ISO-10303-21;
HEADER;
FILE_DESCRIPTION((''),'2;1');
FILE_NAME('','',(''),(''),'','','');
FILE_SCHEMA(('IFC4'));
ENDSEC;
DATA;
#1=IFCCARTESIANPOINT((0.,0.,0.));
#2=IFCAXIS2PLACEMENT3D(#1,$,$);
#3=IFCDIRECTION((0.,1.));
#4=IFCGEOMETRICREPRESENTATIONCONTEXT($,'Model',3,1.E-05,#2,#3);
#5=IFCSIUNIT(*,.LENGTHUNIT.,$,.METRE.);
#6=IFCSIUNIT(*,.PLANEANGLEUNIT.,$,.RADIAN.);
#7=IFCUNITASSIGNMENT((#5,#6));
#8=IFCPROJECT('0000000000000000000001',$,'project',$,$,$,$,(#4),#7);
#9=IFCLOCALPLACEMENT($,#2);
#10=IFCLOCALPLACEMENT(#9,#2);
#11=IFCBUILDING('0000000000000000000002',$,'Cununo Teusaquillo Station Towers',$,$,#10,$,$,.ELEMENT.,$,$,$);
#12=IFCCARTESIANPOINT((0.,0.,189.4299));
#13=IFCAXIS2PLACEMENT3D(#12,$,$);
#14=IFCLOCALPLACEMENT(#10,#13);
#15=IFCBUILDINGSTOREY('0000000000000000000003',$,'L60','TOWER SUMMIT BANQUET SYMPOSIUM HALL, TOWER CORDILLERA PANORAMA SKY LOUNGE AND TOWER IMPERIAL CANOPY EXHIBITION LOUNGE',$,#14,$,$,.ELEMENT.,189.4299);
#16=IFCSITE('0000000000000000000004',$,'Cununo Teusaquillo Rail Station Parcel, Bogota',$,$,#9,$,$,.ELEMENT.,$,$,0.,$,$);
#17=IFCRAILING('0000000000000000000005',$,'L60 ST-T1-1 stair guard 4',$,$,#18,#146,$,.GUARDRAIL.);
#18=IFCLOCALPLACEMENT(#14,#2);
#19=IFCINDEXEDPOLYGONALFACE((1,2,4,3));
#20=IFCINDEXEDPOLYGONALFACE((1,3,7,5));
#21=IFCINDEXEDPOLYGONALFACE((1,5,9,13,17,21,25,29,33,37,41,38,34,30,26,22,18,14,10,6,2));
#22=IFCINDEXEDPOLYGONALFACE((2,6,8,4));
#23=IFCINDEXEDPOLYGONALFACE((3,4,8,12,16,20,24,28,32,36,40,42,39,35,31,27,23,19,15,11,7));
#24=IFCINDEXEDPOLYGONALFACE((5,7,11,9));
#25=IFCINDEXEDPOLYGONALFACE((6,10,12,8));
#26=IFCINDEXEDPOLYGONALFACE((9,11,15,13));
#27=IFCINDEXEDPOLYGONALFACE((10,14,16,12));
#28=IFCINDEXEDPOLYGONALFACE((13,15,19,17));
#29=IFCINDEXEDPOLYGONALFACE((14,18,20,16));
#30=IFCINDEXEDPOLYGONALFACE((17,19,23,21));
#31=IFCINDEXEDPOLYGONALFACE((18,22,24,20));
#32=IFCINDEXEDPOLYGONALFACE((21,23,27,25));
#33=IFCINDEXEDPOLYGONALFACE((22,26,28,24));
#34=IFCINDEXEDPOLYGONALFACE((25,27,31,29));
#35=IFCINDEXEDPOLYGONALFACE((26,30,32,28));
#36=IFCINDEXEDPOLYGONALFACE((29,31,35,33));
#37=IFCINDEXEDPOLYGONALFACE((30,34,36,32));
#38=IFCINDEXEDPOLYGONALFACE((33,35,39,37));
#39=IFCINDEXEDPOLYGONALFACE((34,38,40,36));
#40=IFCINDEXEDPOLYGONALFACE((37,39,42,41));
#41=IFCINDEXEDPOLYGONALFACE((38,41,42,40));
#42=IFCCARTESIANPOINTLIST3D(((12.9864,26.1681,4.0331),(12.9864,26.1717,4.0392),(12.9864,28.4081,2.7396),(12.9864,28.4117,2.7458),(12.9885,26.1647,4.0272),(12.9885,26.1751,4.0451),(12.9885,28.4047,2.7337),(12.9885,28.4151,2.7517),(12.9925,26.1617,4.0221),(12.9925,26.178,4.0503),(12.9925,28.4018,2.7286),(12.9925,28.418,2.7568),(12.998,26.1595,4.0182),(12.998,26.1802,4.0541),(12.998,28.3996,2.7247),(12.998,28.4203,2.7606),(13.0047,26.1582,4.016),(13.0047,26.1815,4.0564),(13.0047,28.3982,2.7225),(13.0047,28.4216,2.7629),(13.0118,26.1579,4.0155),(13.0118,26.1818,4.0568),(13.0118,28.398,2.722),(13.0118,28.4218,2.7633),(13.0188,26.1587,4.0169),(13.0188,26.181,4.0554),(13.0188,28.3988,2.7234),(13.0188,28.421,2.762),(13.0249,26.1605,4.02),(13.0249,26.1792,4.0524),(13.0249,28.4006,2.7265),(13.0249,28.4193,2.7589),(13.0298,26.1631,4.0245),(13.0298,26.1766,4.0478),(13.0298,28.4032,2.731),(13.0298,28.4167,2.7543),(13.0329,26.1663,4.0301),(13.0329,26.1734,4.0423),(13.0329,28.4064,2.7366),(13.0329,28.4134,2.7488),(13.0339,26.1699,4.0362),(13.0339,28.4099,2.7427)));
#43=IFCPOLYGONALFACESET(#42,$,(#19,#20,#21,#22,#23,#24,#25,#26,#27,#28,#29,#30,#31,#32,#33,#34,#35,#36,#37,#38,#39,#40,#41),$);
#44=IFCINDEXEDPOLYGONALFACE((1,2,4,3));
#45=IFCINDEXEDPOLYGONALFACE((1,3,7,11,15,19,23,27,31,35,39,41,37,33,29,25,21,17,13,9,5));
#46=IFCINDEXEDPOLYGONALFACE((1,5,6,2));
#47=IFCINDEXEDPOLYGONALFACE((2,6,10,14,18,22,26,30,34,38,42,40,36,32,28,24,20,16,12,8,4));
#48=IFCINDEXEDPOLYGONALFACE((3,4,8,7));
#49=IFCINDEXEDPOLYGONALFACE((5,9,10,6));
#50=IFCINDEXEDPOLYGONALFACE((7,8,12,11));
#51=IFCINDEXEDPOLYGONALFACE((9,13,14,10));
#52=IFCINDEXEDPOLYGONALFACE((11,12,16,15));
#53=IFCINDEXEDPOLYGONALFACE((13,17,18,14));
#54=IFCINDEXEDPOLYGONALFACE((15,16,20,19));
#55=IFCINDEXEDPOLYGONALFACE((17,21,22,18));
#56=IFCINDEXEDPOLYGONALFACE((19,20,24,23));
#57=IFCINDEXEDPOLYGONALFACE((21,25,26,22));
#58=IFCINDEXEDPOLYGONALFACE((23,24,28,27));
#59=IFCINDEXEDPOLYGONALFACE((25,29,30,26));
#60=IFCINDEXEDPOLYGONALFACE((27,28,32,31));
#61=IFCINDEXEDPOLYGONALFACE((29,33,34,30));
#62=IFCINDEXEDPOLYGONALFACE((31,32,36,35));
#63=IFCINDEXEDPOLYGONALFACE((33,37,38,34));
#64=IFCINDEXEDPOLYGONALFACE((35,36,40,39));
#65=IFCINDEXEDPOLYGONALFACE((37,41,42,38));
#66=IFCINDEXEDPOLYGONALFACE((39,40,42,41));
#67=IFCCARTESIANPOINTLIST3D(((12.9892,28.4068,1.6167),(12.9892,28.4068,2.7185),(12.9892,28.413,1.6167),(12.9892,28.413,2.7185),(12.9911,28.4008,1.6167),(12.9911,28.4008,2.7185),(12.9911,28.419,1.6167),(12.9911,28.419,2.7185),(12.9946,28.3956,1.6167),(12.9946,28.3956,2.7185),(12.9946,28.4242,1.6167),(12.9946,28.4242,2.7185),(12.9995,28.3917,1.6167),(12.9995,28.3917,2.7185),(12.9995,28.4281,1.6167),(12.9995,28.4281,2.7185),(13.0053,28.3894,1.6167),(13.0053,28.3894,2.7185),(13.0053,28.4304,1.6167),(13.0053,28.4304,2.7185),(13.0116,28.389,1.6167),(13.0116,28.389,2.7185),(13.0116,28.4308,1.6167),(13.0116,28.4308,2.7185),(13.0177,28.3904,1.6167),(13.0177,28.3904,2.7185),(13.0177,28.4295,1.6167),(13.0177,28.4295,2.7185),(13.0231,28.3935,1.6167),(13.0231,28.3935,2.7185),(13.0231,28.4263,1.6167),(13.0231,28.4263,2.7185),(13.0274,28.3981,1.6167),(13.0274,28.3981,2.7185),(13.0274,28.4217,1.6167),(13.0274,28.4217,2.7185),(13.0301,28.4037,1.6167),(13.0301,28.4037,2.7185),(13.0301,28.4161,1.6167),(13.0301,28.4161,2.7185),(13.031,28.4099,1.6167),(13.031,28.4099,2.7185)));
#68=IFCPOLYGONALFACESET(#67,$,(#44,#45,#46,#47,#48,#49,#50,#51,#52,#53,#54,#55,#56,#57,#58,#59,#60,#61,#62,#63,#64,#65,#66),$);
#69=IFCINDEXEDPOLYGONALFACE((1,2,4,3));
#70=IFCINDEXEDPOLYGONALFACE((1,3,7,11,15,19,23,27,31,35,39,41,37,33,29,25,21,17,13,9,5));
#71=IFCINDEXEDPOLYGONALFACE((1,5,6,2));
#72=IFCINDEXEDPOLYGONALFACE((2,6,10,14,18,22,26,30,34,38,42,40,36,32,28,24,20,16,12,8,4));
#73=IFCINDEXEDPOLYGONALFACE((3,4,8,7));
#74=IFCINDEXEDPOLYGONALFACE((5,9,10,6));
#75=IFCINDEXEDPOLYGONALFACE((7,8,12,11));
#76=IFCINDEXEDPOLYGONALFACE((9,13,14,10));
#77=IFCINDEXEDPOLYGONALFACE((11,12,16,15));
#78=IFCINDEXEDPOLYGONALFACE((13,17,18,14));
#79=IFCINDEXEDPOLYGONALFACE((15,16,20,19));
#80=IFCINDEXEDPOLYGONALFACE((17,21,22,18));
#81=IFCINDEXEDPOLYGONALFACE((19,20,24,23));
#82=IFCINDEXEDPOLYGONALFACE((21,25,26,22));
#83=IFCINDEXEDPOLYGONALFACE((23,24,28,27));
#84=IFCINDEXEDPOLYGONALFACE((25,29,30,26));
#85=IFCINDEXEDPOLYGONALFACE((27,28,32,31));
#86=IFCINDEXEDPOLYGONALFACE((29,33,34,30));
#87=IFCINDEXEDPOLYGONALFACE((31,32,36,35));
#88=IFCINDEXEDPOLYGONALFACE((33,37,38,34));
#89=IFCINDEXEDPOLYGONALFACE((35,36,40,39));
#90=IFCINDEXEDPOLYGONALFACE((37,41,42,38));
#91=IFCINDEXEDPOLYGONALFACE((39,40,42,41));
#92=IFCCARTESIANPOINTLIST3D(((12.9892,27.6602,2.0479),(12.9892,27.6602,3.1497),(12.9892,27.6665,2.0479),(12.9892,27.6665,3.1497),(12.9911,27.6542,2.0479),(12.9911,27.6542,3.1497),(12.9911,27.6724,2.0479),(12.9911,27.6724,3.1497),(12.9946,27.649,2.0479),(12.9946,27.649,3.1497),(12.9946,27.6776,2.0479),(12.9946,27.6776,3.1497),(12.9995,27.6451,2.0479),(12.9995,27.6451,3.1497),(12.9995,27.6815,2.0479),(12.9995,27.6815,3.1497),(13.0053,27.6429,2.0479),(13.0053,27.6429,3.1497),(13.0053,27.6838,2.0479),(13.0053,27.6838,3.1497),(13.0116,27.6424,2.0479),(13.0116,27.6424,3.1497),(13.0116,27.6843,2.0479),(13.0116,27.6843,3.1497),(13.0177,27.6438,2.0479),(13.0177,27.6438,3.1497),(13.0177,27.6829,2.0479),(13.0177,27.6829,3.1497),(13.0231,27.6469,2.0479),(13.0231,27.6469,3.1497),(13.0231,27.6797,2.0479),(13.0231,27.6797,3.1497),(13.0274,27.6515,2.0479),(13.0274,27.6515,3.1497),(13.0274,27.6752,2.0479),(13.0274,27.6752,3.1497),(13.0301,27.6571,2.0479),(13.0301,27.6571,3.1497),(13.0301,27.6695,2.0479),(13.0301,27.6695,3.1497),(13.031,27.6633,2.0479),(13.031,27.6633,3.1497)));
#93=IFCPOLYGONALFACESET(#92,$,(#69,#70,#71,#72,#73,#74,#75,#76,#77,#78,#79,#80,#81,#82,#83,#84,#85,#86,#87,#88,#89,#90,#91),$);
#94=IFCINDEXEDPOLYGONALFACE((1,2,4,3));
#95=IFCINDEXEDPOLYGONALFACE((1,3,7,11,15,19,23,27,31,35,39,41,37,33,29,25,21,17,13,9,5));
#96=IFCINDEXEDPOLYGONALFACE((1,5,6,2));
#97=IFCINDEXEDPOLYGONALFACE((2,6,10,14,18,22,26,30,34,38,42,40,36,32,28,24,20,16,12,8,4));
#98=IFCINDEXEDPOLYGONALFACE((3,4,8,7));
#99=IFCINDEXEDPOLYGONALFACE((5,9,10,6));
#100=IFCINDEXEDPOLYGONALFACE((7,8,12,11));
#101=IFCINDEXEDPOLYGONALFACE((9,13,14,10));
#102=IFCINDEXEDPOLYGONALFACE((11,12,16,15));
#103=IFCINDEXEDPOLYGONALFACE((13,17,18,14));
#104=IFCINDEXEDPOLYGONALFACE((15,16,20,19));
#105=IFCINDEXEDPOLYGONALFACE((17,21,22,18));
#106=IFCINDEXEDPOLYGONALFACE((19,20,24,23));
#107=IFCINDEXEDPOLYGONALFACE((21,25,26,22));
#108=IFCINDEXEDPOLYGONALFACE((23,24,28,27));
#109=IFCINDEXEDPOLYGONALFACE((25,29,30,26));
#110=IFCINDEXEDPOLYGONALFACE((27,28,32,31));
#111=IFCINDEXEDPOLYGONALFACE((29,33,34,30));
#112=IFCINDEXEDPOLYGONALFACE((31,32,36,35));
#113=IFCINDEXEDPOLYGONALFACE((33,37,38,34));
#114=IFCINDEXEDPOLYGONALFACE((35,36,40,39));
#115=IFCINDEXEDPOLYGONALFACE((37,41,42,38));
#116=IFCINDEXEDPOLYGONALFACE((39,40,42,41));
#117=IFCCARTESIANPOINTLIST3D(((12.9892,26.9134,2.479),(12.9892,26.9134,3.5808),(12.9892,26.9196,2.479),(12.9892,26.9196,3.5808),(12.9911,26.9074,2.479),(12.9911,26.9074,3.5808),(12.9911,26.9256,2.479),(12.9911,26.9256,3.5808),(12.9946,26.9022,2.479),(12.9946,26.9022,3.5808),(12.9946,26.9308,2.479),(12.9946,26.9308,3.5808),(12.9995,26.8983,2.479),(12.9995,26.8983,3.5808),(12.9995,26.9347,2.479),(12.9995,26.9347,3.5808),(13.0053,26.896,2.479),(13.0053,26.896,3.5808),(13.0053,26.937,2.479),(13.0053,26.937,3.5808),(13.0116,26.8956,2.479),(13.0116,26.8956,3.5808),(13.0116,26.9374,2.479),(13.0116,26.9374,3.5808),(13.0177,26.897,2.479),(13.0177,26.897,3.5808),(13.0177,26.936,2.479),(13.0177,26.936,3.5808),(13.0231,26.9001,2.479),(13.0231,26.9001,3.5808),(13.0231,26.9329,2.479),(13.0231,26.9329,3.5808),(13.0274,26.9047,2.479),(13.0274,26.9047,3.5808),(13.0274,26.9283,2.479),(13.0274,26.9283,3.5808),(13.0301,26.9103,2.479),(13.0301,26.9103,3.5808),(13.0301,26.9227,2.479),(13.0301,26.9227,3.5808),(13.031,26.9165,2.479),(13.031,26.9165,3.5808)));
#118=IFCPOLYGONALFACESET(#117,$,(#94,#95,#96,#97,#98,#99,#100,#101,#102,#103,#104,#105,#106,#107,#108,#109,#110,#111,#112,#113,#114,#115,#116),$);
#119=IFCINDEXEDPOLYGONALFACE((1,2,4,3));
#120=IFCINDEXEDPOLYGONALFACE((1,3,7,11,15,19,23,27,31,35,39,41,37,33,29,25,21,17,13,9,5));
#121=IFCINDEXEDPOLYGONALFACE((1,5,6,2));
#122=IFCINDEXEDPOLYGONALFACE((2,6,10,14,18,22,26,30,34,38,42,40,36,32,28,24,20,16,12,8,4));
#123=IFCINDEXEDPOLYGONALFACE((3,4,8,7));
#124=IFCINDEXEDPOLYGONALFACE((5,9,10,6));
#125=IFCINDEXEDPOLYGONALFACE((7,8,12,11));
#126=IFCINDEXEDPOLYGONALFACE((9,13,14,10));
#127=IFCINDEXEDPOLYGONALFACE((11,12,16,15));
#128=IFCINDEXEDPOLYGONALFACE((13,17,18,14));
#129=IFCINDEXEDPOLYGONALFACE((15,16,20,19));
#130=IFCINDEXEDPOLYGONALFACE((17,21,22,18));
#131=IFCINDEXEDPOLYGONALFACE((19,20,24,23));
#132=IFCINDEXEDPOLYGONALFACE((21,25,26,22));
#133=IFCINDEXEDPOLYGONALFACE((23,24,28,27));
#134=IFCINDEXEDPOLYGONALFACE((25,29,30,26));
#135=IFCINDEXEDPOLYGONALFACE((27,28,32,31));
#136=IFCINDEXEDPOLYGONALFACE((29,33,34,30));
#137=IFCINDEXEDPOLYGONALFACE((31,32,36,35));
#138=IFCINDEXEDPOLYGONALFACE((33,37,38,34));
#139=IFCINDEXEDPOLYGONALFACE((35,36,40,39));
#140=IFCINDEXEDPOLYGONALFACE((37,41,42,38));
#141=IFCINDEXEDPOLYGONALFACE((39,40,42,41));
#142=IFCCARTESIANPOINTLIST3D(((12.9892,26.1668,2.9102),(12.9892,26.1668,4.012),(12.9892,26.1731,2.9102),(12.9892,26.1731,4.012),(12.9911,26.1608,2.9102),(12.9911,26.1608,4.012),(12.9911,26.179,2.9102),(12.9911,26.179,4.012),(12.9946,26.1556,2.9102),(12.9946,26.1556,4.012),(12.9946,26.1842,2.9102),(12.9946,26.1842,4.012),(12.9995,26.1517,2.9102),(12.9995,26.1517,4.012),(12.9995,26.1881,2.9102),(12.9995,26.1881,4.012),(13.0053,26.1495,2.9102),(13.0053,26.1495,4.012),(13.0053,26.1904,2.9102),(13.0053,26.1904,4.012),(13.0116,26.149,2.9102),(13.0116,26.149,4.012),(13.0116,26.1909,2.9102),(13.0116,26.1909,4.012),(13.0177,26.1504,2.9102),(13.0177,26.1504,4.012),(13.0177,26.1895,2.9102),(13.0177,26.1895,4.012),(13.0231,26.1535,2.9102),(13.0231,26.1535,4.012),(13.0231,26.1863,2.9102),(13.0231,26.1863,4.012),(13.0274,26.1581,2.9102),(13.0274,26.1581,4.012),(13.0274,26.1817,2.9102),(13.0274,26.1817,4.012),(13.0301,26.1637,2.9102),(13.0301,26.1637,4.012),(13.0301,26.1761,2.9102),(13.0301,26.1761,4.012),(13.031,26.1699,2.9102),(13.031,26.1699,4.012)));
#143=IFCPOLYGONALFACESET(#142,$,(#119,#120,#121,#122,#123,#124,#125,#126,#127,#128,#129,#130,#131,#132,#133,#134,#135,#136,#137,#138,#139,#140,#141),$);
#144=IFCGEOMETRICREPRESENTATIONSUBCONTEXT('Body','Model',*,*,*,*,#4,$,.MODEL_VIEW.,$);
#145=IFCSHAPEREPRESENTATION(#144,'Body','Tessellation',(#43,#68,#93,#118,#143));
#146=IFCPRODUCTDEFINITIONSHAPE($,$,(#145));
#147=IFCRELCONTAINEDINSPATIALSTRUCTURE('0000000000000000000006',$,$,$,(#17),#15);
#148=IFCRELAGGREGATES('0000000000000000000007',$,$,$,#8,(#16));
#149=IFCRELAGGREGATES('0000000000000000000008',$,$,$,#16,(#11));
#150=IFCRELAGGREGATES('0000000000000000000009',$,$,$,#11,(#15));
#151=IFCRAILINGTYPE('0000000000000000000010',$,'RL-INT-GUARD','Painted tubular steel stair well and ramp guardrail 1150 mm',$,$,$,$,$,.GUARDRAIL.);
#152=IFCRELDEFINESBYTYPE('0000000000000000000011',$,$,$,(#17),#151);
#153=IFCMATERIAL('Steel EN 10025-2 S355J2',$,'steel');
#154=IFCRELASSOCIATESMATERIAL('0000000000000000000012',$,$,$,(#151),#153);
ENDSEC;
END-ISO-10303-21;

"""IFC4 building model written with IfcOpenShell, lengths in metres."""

from ifc_helpers import new_model, si_unit, direction, frame, origin, origin_2d, place, context, subcontext, project, spatial, circle, extrude, material, type_object, element, save


model = new_model("IFC4")

# Units and contexts
model_context = context("Model", 3, precision=1e-05, world=origin(), true_north=direction((0.0, 1.0)))
body_context = subcontext(model_context, "Body", "Model", "MODEL_VIEW")
ifc_project = project(units=[si_unit("LENGTHUNIT", "METRE"), si_unit("PLANEANGLEUNIT", "RADIAN")], contexts=[model_context])

# Site, building, storey
site_placement = place(None, origin())
site = spatial("IfcSite", under=ifc_project, at=site_placement, Name="Cununo Teusaquillo Rail Station Parcel, Bogota", CompositionType="ELEMENT", RefElevation=0.0)
building_placement = place(site_placement, origin())
building = spatial("IfcBuilding", under=site, at=building_placement, Name="Cununo Teusaquillo Station Towers", CompositionType="ELEMENT")
storey_placement = place(building_placement, frame((0.0, 0.0, 189.4299)))
storey = spatial("IfcBuildingStorey", under=building, at=storey_placement, Name="L60", Description="TOWER SUMMIT BANQUET SYMPOSIUM HALL, TOWER CORDILLERA PANORAMA SKY LOUNGE AND TOWER IMPERIAL CANOPY EXHIBITION LOUNGE", CompositionType="ELEMENT", Elevation=189.4299)

# Railing
ifc_material_1 = material(Name="Steel EN 10025-2 S355J2", Category="steel")
railing_type_1 = type_object("IfcRailingType", Name="RL-INT-GUARD", Description="Painted tubular steel stair well and ramp guardrail 1150 mm", PredefinedType="GUARDRAIL", material=ifc_material_1)
railing_1_placement = place(storey_placement, frame((13.01, 28.4099, 1.6167)))
element("IfcRailing", 1, at=railing_1_placement, inside=storey, type_object=railing_type_1, Name="L60 ST-T1-1 stair guard 4", PredefinedType="GUARDRAIL", context=body_context, shape_type="SweptSolid", body=[
    extrude(circle(Radius=0.0239, at=origin_2d()), frame((0.0, 0.0, 1.126), z_axis=(0.0, -0.865992, 0.500057), x_axis=(1.0, 0.0, 0.0)), (0.0, 0.0, 1.0), 2.5867),
    extrude(circle(Radius=0.021, at=origin_2d()), origin(), (0.0, 0.0, 1.0), 1.1018),
    extrude(circle(Radius=0.021, at=origin_2d()), frame((0.0, -0.7466, 0.4312)), (0.0, 0.0, 1.0), 1.1018),
    extrude(circle(Radius=0.021, at=origin_2d()), frame((0.0, -1.4934, 0.8623)), (0.0, 0.0, 1.0), 1.1018),
    extrude(circle(Radius=0.021, at=origin_2d()), frame((0.0, -2.24, 1.2935)), (0.0, 0.0, 1.0), 1.1018),
])

save(model, "model.ifc")
